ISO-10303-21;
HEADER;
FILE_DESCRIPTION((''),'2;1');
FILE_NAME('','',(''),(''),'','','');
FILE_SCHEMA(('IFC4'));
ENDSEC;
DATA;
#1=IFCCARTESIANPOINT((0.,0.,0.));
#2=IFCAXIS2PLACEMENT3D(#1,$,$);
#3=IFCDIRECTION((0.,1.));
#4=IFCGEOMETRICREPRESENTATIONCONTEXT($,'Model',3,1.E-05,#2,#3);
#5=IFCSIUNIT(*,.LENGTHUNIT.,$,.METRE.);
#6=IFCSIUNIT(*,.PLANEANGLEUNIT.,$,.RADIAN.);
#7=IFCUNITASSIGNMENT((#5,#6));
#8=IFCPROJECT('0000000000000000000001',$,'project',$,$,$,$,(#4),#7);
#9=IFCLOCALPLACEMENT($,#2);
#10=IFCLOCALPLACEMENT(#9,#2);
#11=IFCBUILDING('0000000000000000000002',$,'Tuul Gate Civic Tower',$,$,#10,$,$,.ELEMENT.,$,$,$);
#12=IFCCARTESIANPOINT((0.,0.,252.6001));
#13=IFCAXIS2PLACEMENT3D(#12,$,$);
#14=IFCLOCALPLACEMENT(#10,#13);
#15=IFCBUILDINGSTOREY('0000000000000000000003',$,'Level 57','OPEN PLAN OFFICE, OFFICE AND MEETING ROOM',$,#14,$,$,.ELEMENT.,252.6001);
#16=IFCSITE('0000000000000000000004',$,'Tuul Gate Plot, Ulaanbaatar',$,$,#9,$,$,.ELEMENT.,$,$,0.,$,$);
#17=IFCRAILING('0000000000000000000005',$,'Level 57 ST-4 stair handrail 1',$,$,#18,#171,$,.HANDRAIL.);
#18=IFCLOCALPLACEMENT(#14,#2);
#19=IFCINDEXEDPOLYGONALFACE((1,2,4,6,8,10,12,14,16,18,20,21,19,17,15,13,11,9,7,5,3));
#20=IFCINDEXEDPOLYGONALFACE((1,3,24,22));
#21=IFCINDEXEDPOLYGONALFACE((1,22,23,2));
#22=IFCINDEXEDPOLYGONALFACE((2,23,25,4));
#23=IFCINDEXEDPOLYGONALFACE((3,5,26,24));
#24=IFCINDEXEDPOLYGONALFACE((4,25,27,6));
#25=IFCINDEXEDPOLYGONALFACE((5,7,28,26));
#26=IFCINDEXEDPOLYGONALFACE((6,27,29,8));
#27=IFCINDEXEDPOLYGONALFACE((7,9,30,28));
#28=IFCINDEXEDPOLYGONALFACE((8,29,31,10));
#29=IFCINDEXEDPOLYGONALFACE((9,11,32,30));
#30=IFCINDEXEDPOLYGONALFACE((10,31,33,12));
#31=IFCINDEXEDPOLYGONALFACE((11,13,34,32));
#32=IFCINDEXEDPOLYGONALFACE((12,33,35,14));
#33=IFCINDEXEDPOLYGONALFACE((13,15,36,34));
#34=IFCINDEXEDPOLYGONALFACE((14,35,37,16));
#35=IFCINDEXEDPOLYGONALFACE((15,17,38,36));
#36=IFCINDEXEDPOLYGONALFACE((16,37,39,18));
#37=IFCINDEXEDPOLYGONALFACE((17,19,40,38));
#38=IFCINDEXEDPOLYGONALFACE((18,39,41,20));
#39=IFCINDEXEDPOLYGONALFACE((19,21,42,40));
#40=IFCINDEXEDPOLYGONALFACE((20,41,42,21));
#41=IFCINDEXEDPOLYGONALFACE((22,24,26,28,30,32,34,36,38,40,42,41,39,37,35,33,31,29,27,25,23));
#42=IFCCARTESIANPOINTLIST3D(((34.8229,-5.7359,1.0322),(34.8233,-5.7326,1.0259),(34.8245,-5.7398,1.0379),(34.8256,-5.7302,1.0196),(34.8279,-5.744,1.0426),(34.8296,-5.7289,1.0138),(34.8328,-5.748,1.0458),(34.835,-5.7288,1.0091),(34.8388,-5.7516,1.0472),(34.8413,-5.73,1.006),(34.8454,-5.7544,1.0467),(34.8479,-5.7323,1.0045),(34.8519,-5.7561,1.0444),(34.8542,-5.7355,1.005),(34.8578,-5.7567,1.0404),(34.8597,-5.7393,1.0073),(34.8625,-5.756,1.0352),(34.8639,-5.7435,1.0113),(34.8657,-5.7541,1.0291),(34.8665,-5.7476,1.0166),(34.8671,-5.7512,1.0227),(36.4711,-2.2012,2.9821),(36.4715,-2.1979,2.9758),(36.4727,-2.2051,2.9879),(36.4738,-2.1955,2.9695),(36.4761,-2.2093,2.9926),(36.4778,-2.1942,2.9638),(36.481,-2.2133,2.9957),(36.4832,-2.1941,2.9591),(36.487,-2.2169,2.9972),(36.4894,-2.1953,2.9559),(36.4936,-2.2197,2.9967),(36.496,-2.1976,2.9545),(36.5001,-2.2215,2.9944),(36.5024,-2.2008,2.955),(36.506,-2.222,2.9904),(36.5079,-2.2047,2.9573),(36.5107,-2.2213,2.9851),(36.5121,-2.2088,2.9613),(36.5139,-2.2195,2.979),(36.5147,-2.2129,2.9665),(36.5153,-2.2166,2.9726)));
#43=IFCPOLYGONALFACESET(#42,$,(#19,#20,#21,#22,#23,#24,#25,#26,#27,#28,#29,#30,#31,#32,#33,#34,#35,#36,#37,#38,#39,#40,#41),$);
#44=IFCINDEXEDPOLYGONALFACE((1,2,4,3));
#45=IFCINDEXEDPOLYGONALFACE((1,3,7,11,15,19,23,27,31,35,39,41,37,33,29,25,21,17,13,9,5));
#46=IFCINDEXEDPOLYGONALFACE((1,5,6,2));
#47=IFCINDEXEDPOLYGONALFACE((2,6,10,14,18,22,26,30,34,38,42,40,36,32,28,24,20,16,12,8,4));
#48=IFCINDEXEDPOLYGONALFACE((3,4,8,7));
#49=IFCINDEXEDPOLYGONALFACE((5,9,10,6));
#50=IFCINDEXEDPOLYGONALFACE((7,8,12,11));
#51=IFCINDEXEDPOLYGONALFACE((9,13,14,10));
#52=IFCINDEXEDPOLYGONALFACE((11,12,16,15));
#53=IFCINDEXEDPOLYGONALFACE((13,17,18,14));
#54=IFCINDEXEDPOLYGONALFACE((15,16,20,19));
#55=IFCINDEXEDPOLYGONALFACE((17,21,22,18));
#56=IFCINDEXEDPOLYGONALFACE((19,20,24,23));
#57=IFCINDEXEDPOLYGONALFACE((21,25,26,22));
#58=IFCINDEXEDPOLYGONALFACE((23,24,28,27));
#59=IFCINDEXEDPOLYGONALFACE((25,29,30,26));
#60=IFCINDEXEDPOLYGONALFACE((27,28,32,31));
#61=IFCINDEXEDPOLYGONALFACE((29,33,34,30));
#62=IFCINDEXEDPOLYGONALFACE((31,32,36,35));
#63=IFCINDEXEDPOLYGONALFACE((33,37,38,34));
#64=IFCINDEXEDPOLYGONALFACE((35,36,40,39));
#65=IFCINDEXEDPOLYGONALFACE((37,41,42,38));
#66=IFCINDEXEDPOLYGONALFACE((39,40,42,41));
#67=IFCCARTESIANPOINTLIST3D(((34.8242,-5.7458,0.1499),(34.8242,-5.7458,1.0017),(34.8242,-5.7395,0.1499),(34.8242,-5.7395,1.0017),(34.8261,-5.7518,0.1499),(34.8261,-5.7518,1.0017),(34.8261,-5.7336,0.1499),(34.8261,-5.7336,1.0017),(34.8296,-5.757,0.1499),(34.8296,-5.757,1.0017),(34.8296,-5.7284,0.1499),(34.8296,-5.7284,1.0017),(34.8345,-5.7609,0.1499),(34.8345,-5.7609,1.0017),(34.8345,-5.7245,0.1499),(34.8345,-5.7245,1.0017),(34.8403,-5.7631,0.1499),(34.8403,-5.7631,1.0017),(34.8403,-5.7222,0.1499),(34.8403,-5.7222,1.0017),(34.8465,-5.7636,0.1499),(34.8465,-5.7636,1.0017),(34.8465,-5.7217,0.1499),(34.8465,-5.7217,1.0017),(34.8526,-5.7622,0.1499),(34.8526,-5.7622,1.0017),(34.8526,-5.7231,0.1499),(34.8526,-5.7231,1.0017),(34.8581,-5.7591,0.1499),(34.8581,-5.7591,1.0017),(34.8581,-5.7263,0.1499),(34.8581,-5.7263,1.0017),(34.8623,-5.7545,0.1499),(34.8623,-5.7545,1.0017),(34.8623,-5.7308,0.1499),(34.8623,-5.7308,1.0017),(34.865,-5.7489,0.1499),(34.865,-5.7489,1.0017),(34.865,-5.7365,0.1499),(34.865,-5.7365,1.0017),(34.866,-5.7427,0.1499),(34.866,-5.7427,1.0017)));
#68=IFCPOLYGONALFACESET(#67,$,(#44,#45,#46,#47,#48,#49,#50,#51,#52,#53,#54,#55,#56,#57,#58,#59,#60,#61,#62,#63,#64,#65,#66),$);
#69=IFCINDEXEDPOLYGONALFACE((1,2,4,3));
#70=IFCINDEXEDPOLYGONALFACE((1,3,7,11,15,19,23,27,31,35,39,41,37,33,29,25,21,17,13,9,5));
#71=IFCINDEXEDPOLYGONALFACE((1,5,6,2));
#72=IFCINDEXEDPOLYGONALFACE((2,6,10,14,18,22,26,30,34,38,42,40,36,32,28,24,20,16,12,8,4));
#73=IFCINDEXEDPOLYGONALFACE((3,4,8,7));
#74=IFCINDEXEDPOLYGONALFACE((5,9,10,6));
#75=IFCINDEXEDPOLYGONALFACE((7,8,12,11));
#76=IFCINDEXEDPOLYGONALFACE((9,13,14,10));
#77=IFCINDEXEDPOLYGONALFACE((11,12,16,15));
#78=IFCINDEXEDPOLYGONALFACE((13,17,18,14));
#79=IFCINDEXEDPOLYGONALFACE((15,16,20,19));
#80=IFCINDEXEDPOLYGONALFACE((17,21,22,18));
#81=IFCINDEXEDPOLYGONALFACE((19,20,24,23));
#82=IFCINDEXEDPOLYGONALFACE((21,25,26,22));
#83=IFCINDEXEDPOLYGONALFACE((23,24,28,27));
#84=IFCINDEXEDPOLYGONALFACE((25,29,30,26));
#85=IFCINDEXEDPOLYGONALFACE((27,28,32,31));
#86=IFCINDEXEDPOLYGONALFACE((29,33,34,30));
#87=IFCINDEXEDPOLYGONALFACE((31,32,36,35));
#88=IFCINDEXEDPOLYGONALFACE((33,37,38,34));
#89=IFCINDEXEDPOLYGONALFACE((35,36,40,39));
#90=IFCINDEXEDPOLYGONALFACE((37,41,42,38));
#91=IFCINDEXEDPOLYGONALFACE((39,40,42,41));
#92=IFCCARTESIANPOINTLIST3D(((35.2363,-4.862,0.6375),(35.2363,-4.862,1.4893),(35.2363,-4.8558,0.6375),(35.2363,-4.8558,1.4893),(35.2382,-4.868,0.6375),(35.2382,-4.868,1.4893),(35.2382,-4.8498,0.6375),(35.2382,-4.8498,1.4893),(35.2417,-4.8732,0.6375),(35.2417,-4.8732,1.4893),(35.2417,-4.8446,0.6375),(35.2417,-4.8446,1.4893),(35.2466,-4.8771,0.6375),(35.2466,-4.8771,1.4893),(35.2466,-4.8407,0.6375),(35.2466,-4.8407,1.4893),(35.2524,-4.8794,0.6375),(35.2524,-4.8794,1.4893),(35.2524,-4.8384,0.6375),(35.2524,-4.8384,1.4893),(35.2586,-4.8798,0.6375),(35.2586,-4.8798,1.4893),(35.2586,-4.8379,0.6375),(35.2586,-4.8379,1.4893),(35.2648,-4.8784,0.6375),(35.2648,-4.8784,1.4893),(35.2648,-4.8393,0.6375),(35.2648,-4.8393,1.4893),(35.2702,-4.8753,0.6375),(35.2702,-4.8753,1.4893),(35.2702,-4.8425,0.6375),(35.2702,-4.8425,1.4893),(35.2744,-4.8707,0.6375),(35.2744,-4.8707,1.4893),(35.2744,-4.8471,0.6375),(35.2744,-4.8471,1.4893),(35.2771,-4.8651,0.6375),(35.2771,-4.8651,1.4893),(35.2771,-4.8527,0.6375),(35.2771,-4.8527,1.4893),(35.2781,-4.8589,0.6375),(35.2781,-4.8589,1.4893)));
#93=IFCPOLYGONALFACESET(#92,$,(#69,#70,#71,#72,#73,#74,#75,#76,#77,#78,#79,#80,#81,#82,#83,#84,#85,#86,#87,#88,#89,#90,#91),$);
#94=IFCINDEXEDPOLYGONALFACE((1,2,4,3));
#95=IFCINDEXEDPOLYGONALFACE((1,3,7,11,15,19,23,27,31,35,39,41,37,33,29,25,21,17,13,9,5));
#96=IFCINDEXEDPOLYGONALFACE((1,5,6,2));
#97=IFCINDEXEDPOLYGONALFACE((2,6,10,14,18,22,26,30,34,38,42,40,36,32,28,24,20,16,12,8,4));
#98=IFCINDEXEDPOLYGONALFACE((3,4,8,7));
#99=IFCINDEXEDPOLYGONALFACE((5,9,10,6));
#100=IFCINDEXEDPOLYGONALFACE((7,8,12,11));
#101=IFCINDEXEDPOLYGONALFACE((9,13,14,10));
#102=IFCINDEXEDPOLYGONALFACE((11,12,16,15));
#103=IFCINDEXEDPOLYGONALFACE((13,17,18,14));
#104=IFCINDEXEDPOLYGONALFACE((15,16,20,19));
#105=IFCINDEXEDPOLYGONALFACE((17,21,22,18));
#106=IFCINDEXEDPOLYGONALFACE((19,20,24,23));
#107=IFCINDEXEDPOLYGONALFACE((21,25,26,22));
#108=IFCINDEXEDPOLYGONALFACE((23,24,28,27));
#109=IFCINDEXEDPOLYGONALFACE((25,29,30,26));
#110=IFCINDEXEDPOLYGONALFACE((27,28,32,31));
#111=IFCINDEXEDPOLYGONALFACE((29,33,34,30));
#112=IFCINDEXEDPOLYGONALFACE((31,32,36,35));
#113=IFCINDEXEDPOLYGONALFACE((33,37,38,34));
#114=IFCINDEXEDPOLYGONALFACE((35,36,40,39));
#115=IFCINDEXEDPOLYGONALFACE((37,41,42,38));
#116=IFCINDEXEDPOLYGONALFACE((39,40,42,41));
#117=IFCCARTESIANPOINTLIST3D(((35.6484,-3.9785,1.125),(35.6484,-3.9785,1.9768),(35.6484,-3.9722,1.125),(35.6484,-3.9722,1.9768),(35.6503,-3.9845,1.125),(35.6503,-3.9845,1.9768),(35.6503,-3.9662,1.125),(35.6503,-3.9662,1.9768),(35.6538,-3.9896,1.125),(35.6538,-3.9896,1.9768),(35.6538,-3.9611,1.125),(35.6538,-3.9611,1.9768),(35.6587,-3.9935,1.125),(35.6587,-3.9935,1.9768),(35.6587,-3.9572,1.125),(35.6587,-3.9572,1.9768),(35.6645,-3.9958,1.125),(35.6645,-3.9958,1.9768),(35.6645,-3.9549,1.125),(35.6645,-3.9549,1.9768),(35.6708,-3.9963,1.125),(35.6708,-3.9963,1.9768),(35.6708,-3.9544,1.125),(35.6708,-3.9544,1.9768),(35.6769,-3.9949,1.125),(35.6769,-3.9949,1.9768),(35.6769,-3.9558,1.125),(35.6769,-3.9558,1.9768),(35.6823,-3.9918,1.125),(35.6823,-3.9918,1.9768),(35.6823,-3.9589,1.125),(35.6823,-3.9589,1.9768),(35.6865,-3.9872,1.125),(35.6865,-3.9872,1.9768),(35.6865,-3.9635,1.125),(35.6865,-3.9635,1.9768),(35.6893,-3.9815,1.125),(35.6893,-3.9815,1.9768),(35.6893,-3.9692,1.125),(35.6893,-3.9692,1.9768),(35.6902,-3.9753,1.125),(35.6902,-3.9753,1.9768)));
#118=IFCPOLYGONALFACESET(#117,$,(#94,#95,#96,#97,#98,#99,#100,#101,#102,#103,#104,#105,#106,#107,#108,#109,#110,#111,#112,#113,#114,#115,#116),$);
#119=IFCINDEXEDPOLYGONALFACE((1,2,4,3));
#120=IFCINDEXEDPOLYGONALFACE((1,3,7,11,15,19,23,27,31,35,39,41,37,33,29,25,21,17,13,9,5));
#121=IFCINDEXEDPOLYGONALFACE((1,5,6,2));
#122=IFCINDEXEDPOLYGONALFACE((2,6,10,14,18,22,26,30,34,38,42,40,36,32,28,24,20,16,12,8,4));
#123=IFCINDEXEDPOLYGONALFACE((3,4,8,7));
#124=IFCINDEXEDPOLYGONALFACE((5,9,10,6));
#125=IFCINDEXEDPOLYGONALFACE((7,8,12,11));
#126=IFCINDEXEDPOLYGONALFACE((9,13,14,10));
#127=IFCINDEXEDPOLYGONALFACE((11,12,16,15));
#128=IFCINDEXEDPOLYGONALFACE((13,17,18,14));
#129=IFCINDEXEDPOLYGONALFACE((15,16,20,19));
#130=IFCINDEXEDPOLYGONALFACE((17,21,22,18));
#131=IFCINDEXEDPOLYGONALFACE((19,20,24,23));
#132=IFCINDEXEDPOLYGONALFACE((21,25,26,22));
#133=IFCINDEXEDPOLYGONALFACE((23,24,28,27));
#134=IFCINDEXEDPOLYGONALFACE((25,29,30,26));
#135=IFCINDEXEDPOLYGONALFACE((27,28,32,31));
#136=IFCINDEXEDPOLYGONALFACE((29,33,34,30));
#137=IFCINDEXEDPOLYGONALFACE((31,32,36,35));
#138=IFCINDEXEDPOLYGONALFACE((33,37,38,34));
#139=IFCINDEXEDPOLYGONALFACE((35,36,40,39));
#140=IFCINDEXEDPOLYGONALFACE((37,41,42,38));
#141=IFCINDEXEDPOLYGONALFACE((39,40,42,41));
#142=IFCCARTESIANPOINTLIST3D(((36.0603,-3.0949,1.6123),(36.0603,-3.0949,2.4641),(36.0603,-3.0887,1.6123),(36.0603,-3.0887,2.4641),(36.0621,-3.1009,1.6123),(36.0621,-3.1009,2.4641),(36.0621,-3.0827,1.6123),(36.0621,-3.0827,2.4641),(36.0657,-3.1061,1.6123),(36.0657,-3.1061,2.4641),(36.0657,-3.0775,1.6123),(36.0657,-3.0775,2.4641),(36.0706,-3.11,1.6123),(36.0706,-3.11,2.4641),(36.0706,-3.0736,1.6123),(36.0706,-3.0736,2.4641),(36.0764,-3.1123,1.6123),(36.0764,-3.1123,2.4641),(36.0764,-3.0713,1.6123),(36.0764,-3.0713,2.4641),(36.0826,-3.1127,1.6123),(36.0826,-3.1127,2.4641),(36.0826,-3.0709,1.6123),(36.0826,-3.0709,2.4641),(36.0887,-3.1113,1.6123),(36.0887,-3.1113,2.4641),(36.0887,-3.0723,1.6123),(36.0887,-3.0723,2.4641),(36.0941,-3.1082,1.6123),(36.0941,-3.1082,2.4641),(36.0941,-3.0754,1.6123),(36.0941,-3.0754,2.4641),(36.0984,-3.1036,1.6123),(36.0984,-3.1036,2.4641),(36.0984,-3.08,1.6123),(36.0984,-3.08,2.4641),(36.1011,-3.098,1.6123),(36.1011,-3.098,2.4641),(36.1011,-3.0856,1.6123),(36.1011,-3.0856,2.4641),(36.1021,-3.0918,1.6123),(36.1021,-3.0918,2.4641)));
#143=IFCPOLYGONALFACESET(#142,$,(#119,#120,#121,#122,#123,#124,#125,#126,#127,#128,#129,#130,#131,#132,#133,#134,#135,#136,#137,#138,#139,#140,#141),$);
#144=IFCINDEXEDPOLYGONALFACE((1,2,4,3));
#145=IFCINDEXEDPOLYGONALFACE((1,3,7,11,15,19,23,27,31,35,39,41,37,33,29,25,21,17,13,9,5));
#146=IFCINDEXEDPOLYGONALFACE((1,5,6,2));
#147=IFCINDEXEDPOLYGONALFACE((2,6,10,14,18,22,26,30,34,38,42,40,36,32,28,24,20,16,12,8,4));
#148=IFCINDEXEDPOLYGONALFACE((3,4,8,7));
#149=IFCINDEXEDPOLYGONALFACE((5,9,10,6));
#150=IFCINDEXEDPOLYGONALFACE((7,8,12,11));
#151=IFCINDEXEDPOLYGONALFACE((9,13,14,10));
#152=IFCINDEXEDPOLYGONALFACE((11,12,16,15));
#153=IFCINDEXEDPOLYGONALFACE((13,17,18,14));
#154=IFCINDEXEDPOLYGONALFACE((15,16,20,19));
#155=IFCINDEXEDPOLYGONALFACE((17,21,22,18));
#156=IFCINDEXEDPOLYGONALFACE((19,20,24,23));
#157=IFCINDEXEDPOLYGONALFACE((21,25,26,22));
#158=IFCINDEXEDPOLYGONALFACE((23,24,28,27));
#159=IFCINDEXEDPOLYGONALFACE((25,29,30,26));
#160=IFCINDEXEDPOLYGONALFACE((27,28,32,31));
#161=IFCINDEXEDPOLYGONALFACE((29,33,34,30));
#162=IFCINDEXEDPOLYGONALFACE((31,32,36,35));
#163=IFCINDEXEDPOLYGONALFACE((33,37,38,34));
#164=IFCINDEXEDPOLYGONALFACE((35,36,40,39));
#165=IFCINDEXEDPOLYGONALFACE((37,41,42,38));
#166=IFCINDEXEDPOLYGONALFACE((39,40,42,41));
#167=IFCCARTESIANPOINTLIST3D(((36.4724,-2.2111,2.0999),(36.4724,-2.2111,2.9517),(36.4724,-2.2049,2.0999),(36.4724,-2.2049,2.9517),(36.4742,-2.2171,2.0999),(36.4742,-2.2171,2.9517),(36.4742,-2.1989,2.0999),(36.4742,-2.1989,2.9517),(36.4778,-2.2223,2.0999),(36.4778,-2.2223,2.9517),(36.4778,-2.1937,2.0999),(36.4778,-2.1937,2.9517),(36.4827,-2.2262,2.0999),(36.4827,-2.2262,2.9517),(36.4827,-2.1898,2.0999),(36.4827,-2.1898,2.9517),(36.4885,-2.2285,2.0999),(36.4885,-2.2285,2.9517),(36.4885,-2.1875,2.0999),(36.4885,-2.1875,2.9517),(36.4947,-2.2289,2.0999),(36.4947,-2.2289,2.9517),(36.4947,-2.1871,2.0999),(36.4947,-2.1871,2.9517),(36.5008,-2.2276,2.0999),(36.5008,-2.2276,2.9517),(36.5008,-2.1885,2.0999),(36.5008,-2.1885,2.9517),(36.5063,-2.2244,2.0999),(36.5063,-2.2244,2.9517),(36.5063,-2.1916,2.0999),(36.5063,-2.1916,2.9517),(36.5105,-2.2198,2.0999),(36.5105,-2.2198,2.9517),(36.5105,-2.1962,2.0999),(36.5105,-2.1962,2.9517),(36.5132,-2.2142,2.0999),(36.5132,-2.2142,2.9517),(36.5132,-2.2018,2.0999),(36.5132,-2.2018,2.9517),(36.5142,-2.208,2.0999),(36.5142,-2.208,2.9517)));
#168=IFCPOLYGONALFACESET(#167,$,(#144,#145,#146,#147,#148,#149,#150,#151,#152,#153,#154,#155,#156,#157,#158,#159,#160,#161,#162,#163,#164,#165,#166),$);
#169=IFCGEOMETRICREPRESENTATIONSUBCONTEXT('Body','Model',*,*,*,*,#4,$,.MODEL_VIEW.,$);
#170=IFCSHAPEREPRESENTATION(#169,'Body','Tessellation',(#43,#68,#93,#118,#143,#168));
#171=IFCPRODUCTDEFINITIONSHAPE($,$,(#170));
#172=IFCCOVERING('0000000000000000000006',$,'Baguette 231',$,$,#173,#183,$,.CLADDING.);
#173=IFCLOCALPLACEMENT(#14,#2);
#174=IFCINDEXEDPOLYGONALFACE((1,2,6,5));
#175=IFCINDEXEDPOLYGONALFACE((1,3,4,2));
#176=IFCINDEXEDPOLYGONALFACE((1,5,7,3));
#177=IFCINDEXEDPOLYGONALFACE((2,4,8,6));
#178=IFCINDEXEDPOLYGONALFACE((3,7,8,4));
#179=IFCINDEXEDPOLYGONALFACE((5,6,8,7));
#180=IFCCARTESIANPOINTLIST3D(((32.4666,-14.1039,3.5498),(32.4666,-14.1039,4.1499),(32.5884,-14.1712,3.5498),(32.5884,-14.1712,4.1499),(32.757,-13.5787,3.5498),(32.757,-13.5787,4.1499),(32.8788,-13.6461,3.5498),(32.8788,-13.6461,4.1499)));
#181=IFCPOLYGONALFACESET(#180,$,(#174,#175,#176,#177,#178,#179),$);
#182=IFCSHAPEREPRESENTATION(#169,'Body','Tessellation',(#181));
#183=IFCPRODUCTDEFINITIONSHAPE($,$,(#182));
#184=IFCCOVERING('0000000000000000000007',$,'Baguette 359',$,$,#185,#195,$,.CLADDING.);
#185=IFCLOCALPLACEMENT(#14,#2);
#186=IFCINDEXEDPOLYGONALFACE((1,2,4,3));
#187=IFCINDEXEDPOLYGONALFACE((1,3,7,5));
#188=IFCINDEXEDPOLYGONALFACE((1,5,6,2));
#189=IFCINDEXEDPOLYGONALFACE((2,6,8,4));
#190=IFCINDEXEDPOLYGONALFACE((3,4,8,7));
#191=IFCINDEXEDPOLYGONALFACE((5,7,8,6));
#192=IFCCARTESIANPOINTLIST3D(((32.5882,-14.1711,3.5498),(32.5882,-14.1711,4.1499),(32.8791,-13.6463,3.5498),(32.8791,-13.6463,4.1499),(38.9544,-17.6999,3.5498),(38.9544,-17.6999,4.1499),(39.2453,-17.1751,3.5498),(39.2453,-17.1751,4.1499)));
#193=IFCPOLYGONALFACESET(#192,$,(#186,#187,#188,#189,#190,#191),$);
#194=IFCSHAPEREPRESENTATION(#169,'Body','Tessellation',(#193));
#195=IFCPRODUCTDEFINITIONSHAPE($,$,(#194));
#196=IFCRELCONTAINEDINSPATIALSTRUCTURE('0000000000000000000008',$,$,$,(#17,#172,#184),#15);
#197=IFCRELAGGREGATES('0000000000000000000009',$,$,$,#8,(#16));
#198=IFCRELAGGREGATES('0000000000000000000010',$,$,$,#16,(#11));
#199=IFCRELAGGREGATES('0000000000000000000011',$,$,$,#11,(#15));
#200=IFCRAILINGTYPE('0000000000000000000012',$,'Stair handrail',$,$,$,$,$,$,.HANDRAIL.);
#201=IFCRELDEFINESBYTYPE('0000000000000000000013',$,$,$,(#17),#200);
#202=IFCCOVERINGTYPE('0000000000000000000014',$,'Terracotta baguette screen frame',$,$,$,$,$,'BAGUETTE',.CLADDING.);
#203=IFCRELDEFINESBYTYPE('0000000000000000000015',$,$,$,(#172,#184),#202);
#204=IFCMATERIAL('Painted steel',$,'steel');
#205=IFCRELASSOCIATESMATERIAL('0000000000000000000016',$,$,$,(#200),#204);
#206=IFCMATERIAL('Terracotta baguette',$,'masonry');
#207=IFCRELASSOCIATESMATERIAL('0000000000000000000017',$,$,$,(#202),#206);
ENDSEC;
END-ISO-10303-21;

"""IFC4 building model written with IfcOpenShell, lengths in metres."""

from ifc_helpers import new_model, si_unit, direction, frame, origin, origin_2d, place, context, subcontext, project, spatial, rectangle, circle, extrude, material, material_profile, profile_set, type_object, element, save


model = new_model("IFC4")

# Units and contexts
model_context = context("Model", 3, precision=1e-05, world=origin(), true_north=direction((0.0, 1.0)))
body_context = subcontext(model_context, "Body", "Model", "MODEL_VIEW")
ifc_project = project(units=[si_unit("LENGTHUNIT", "METRE"), si_unit("PLANEANGLEUNIT", "RADIAN")], contexts=[model_context])

# Site, building, storey
site_placement = place(None, origin())
site = spatial("IfcSite", under=ifc_project, at=site_placement, Name="Tuul Gate Plot, Ulaanbaatar", CompositionType="ELEMENT", RefElevation=0.0)
building_placement = place(site_placement, origin())
building = spatial("IfcBuilding", under=site, at=building_placement, Name="Tuul Gate Civic Tower", CompositionType="ELEMENT")
storey_placement = place(building_placement, frame((0.0, 0.0, 252.6001)))
storey = spatial("IfcBuildingStorey", under=building, at=storey_placement, Name="Level 57", Description="OPEN PLAN OFFICE, OFFICE AND MEETING ROOM", CompositionType="ELEMENT", Elevation=252.6001)

# Railing
ifc_material_1 = material(Name="Painted steel", Category="steel")
railing_type_1 = type_object("IfcRailingType", Name="Stair handrail", PredefinedType="HANDRAIL", material=ifc_material_1)
railing_1_placement = place(storey_placement, frame((34.845, -5.7427, 0.1499)))
element("IfcRailing", 1, at=railing_1_placement, inside=storey, type_object=railing_type_1, Name="Level 57 ST-4 stair handrail 1", PredefinedType="HANDRAIL", context=body_context, shape_type="SweptSolid", body=[
    extrude(circle(Radius=0.0239, at=origin_2d()), frame((0.0, 0.0, 0.876), z_axis=(0.377995, 0.810637, 0.4472), x_axis=(-0.906313, 0.422608, 0.0)), (0.0, 0.0, 1.0), 4.3604),
    extrude(circle(Radius=0.021, at=origin_2d()), origin(), (0.0, 0.0, 1.0), 0.8518),
    extrude(circle(Radius=0.021, at=origin_2d()), frame((0.4121, 0.8838, 0.4875)), (0.0, 0.0, 1.0), 0.8518),
    extrude(circle(Radius=0.021, at=origin_2d()), frame((0.8242, 1.7673, 0.9751)), (0.0, 0.0, 1.0), 0.8518),
    extrude(circle(Radius=0.021, at=origin_2d()), frame((1.2361, 2.6509, 1.4624)), (0.0, 0.0, 1.0), 0.8518),
    extrude(circle(Radius=0.021, at=origin_2d()), frame((1.6482, 3.5347, 1.95)), (0.0, 0.0, 1.0), 0.8518),
])

# Coverings
ifc_material_2 = material(Name="Terracotta baguette", Category="masonry")
ifc_material_profile_1 = material_profile(ifc_material_2, rectangle(XDim=0.6001, YDim=0.6001, at=origin_2d()), Name="Terracotta baguette screen frame")
ifc_profile_set_1 = profile_set([ifc_material_profile_1], Name="Terracotta baguette")
covering_type = type_object("IfcCoveringType", Name="Terracotta baguette screen frame", ElementType="BAGUETTE", PredefinedType="CLADDING", material=ifc_profile_set_1)
covering_1_placement = place(storey_placement, frame((32.6118, -13.8413, 3.8499), z_axis=(0.875066, -0.484004, 0.0), x_axis=(0.484004, 0.875066, 0.0)))
element("IfcCovering", 2, at=covering_1_placement, inside=storey, type_object=covering_type, Name="Baguette 231", PredefinedType="CLADDING", context=body_context, shape_type="SweptSolid", body=[
    extrude(rectangle(XDim=0.6001, YDim=0.6001, at=origin_2d()), origin(), (0.0, 0.0, 1.0), 0.1392),
])
covering_2_placement = place(storey_placement, frame((32.7336, -13.9087, 3.8499), z_axis=(0.874622, -0.484805, 0.0), x_axis=(0.484805, 0.874622, 0.0)))
element("IfcCovering", 3, at=covering_2_placement, inside=storey, type_object=covering_type, Name="Baguette 359", PredefinedType="CLADDING", context=body_context, shape_type="SweptSolid", body=[
    extrude(rectangle(XDim=0.6001, YDim=0.6001, at=origin_2d()), origin(), (0.0, 0.0, 1.0), 7.2788),
])

save(model, "model.ifc")
